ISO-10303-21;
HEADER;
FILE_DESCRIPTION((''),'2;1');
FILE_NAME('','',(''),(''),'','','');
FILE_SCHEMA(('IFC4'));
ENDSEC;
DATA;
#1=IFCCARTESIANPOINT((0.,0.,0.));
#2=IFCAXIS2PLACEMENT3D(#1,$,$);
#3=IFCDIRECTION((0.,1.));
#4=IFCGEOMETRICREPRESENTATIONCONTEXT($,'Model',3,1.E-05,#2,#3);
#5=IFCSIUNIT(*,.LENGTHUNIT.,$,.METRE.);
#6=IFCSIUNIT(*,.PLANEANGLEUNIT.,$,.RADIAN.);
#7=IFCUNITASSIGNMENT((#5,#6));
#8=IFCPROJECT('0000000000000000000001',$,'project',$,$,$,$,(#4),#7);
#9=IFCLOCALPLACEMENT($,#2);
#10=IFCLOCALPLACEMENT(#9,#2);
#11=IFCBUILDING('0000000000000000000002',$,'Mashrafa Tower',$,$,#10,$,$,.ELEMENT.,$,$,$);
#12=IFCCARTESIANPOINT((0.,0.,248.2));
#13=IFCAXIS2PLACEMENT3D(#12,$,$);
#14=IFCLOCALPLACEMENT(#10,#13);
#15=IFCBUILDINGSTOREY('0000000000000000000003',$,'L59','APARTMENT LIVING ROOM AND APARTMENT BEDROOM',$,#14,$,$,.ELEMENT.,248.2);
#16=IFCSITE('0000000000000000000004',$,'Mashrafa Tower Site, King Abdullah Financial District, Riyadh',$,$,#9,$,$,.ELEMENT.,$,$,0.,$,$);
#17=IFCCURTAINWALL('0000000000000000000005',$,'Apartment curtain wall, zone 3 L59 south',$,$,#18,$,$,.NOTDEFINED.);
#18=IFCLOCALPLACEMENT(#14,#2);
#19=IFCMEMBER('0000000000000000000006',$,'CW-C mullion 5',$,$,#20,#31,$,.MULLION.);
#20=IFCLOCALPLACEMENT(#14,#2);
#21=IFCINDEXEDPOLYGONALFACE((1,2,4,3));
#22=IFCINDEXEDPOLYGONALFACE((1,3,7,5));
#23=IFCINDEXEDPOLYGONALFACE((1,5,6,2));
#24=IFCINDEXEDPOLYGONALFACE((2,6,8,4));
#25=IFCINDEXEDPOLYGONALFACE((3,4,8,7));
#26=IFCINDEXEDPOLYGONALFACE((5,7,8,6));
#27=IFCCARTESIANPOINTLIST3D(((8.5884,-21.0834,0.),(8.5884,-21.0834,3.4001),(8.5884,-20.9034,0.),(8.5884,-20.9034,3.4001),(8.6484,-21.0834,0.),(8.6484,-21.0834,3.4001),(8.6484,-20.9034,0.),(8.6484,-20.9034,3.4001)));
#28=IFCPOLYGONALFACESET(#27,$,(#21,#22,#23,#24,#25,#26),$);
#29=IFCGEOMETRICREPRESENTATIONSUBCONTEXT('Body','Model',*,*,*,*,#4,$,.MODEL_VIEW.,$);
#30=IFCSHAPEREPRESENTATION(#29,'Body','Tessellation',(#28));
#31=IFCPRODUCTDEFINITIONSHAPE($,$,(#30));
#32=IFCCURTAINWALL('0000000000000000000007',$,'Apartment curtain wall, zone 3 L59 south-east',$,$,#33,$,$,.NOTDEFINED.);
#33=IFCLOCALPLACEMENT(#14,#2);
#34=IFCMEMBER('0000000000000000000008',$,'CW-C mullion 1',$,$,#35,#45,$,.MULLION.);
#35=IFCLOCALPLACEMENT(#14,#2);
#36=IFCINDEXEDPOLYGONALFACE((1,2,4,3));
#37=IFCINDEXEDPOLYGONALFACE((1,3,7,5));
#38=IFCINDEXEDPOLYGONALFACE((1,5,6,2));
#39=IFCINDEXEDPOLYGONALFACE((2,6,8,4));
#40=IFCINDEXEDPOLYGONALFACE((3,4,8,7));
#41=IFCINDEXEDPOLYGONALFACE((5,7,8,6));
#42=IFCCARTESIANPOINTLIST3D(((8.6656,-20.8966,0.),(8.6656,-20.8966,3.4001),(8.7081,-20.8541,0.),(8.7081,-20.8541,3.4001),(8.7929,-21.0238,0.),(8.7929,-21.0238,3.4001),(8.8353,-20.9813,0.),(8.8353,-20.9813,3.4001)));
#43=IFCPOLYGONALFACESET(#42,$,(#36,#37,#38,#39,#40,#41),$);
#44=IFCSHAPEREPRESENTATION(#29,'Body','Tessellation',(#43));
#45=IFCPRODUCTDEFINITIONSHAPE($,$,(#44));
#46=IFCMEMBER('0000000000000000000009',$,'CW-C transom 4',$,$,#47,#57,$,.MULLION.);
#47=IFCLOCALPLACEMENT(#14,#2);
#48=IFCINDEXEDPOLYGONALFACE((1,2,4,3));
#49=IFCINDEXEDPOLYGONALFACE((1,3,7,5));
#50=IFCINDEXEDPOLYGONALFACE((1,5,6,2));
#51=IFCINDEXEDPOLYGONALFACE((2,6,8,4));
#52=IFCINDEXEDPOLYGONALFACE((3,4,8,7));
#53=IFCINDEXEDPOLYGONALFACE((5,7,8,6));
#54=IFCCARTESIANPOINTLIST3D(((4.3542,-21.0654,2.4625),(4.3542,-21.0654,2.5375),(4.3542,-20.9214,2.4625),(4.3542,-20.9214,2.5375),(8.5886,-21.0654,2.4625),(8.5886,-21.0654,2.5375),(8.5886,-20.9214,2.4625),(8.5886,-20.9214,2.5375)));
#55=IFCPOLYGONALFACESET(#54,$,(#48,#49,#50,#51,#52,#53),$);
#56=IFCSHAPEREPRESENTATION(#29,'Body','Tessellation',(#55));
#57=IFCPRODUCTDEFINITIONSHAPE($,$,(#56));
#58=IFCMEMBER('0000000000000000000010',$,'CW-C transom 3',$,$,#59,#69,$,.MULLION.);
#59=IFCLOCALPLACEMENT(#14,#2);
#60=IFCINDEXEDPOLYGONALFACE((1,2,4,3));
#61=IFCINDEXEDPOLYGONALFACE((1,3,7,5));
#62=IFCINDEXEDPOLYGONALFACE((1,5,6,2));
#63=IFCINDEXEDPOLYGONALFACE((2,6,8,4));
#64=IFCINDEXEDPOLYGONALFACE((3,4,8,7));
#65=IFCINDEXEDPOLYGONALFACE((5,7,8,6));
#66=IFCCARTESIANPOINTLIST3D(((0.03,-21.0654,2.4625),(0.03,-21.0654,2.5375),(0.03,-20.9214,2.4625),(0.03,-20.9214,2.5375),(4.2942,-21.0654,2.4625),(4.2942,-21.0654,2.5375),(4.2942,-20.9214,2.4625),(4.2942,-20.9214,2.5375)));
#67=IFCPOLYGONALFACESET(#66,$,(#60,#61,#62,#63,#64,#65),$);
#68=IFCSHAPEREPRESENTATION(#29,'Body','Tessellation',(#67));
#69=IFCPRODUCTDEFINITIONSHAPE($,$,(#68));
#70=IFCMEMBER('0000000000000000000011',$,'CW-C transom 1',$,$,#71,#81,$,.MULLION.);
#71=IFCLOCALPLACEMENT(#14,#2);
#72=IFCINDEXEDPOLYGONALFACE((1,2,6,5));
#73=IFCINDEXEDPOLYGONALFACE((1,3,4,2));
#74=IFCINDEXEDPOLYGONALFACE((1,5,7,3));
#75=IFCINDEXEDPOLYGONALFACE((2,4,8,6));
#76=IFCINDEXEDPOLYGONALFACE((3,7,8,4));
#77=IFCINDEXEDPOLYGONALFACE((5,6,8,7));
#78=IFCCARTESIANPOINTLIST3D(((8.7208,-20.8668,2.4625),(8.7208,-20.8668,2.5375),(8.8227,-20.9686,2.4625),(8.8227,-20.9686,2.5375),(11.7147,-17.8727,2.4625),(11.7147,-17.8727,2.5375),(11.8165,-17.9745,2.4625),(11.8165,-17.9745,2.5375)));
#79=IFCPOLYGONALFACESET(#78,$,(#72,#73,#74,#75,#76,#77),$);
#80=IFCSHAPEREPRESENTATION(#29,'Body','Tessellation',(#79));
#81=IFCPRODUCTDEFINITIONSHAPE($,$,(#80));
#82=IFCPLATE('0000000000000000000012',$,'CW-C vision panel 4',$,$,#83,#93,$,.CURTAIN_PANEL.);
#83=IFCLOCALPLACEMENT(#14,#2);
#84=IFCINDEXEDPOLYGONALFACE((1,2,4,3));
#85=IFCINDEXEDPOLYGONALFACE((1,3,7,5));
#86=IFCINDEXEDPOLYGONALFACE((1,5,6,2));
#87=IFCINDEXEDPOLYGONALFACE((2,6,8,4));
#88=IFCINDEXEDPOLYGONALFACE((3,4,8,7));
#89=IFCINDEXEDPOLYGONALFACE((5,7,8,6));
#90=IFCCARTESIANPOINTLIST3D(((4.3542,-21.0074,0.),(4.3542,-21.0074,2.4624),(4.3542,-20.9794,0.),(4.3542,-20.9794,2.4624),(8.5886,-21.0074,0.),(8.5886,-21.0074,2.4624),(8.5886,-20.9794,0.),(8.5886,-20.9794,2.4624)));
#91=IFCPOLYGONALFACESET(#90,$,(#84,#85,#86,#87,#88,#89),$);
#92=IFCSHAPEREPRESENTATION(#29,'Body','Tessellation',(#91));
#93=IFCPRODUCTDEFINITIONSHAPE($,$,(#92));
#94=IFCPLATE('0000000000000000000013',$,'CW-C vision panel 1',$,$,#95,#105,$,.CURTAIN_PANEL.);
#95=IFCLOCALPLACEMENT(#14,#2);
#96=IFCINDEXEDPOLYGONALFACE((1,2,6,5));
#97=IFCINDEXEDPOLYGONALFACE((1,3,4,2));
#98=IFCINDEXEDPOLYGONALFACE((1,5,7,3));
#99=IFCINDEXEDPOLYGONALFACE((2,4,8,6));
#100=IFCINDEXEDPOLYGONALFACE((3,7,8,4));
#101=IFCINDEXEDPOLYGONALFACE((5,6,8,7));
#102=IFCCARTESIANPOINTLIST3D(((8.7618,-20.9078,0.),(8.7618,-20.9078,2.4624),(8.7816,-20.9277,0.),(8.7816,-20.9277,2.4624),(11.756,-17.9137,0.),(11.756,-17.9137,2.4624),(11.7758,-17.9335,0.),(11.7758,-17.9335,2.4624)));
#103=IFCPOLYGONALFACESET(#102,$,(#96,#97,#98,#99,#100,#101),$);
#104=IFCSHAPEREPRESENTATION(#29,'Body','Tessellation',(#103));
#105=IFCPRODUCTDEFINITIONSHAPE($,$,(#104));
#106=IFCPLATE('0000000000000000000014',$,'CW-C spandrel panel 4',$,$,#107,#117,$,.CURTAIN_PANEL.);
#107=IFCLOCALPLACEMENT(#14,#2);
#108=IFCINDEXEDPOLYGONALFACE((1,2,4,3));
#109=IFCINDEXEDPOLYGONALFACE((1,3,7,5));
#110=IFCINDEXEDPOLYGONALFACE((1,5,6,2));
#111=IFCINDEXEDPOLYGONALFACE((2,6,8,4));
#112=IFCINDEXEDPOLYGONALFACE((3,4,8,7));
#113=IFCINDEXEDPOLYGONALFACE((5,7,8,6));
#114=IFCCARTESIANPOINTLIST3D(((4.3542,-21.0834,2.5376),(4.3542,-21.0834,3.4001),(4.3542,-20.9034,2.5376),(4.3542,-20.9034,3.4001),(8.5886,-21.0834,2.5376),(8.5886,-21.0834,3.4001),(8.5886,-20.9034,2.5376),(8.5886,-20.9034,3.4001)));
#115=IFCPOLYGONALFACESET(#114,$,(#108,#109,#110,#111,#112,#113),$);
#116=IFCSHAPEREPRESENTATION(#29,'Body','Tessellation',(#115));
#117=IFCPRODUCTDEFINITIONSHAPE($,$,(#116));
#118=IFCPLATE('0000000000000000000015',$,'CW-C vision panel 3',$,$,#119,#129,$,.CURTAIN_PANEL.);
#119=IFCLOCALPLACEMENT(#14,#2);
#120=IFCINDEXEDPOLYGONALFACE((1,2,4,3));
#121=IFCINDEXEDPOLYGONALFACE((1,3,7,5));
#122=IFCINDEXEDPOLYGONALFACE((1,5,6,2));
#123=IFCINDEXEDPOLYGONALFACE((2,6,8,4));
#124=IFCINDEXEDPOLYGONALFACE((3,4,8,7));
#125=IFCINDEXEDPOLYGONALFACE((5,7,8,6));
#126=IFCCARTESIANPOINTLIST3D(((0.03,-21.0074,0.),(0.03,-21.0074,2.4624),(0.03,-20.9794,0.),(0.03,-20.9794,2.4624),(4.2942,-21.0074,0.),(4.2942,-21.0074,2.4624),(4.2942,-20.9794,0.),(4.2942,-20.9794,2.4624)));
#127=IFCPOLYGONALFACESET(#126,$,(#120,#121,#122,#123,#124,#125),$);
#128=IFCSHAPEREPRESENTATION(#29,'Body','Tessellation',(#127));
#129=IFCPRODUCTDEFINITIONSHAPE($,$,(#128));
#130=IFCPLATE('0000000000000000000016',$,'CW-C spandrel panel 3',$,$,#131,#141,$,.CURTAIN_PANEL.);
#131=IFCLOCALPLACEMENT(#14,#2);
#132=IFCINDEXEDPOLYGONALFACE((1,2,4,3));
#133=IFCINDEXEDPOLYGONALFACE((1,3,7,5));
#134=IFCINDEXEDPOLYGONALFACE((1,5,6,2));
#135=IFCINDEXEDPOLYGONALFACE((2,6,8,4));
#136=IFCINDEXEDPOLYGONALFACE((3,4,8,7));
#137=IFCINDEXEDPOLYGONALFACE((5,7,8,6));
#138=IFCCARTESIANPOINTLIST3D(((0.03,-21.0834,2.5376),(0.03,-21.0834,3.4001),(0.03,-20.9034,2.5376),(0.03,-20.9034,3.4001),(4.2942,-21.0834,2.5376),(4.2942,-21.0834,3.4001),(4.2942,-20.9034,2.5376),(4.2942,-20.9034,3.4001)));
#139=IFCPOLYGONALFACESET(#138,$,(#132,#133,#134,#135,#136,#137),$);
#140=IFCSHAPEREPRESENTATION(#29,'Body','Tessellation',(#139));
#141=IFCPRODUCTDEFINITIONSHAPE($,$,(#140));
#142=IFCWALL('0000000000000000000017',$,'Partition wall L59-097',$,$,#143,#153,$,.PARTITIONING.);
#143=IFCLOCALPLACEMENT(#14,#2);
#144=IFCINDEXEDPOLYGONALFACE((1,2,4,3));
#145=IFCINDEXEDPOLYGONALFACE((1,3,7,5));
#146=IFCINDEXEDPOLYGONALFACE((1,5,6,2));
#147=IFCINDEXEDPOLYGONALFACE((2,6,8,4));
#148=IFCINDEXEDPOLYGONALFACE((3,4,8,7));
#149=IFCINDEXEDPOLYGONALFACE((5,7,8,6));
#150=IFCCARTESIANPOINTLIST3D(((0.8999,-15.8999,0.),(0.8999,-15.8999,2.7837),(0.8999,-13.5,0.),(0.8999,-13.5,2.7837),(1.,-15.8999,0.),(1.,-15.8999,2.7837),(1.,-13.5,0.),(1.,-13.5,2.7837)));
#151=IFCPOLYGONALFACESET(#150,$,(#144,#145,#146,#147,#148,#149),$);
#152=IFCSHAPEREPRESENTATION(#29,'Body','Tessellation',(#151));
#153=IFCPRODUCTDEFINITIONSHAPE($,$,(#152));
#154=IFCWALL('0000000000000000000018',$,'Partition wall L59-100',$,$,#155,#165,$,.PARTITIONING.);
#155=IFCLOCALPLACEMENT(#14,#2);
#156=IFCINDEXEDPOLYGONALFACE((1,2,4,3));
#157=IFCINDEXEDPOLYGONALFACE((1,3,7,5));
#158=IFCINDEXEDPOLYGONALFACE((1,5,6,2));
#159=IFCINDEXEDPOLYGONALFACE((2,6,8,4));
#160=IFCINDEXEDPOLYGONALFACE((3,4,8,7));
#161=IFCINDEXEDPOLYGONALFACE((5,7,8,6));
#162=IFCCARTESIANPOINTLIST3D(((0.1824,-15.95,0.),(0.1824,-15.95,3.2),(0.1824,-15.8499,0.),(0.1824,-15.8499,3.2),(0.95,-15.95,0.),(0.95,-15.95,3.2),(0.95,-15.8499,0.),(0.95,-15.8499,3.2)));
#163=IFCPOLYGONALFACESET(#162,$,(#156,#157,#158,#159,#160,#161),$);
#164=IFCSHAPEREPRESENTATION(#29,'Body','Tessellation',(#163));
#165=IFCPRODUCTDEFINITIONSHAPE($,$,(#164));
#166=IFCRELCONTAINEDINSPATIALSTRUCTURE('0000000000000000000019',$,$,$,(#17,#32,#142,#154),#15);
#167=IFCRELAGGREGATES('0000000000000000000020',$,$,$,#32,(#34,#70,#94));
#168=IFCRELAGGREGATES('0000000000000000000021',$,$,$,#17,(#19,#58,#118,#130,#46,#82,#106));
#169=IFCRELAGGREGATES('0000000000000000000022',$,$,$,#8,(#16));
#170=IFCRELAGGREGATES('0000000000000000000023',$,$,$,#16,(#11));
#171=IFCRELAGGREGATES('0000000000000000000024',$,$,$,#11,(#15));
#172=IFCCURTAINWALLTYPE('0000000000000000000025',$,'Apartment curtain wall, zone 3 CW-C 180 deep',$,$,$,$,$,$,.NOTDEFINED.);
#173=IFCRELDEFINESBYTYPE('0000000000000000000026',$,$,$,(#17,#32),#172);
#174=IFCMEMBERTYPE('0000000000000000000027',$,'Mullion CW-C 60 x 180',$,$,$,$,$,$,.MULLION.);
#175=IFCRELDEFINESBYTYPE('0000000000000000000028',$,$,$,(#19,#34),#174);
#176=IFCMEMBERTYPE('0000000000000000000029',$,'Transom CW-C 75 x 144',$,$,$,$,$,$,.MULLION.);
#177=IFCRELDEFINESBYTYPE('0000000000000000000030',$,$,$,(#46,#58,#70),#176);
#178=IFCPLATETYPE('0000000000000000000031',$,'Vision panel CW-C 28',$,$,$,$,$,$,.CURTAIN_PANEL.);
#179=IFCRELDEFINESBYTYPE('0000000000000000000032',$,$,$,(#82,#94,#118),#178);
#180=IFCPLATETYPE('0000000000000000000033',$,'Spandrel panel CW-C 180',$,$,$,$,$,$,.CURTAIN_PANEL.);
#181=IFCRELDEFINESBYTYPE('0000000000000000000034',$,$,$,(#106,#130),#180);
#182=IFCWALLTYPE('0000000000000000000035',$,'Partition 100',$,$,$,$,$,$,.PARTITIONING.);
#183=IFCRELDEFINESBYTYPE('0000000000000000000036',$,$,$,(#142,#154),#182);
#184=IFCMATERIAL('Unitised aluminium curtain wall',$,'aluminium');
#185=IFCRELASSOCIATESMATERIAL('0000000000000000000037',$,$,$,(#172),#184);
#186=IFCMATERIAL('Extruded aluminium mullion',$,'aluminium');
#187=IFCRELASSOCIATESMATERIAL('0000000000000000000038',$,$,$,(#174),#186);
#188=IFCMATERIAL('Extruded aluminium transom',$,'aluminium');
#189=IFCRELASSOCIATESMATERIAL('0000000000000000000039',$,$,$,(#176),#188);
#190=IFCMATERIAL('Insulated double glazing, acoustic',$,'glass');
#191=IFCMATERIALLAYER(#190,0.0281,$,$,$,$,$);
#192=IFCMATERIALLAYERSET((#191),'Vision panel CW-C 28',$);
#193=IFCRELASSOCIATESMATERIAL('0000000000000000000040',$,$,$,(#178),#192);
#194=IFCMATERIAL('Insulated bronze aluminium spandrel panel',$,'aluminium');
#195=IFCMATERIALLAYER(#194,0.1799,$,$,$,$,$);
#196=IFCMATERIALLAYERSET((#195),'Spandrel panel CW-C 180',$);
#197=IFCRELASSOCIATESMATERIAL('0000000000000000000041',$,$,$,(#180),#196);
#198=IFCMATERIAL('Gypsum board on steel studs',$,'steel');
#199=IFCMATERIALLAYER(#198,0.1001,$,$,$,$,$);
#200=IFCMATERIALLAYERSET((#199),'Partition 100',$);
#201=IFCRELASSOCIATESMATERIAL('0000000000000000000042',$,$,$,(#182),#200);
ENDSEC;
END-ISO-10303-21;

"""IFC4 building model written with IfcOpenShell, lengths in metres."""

from ifc_helpers import new_model, si_unit, direction, frame, frame_2d, origin, origin_2d, place, context, subcontext, project, spatial, rectangle, extrude, source, transform, mapped, material, layer, layer_set, material_profile, profile_set, type_object, type_shapes, element, aggregate, save


model = new_model("IFC4")

# Units and contexts
model_context = context("Model", 3, precision=1e-05, world=origin(), true_north=direction((0.0, 1.0)))
body_context = subcontext(model_context, "Body", "Model", "MODEL_VIEW")
ifc_project = project(units=[si_unit("LENGTHUNIT", "METRE"), si_unit("PLANEANGLEUNIT", "RADIAN")], contexts=[model_context])

# Site, building, storey
site_placement = place(None, origin())
site = spatial("IfcSite", under=ifc_project, at=site_placement, Name="Mashrafa Tower Site, King Abdullah Financial District, Riyadh", CompositionType="ELEMENT", RefElevation=0.0)
building_placement = place(site_placement, origin())
building = spatial("IfcBuilding", under=site, at=building_placement, Name="Mashrafa Tower", CompositionType="ELEMENT")
storey_placement = place(building_placement, frame((0.0, 0.0, 248.2)))
storey = spatial("IfcBuildingStorey", under=building, at=storey_placement, Name="L59", Description="APARTMENT LIVING ROOM AND APARTMENT BEDROOM", CompositionType="ELEMENT", Elevation=248.2)

# Curtain wall, member
ifc_material_1 = material(Name="Unitised aluminium curtain wall", Category="aluminium")
curtain_wall_type = type_object("IfcCurtainWallType", Name="Apartment curtain wall, zone 3 CW-C 180 deep", PredefinedType="NOTDEFINED", material=ifc_material_1)
curtain_wall_1_placement = place(storey_placement, origin())
curtain_wall_1 = element("IfcCurtainWall", 1, at=curtain_wall_1_placement, inside=storey, type_object=curtain_wall_type, Name="Apartment curtain wall, zone 3 L59 south", PredefinedType="NOTDEFINED")
ifc_material_2 = material(Name="Extruded aluminium mullion", Category="aluminium")
ifc_material_profile_1 = material_profile(ifc_material_2, rectangle(XDim=0.1799, YDim=0.0601, at=origin_2d()), Name="Mullion 60x180")
ifc_profile_set_1 = profile_set([ifc_material_profile_1], Name="Extruded aluminium mullion")
member_type_1 = type_object("IfcMemberType", Name="Mullion CW-C 60 x 180", PredefinedType="MULLION", material=ifc_profile_set_1)
shared_shape_1 = source(origin(), body_context, "Body", "SweptSolid", [
    extrude(rectangle(XDim=0.1799, YDim=0.0601, at=origin_2d()), origin(), (0.0, 0.0, 1.0), 3.4001),
])
type_shapes(member_type_1, [shared_shape_1])
member_1_placement = place(storey_placement, frame((8.6184, -20.9934, 0.0), z_axis=(0.0, 0.0, 1.0), x_axis=(0.0, 1.0, 0.0)))
member_1 = element("IfcMember", 2, at=member_1_placement, type_object=member_type_1, Name="CW-C mullion 5", PredefinedType="MULLION", context=body_context, shape_type="MappedRepresentation", body=[
    mapped(shared_shape_1, transform((0.0, 0.0, 0.0))),
])

# Curtain wall, member
curtain_wall_2_placement = place(storey_placement, origin())
curtain_wall_2 = element("IfcCurtainWall", 3, at=curtain_wall_2_placement, inside=storey, type_object=curtain_wall_type, Name="Apartment curtain wall, zone 3 L59 south-east", PredefinedType="NOTDEFINED")
member_2_placement = place(storey_placement, frame((8.7505, -20.939, 0.0), z_axis=(0.0, 0.0, 1.0), x_axis=(-0.707107, 0.707107, 0.0)))
member_2 = element("IfcMember", 4, at=member_2_placement, type_object=member_type_1, Name="CW-C mullion 1", PredefinedType="MULLION", context=body_context, shape_type="MappedRepresentation", body=[
    mapped(shared_shape_1, transform((0.0, 0.0, 0.0))),
])

# Members
ifc_material_3 = material(Name="Extruded aluminium transom", Category="aluminium")
ifc_material_profile_2 = material_profile(ifc_material_3, rectangle(XDim=0.144, YDim=0.075, at=origin_2d()), Name="Transom 75x144")
ifc_profile_set_2 = profile_set([ifc_material_profile_2], Name="Extruded aluminium transom")
member_type_2 = type_object("IfcMemberType", Name="Transom CW-C 75 x 144", PredefinedType="MULLION", material=ifc_profile_set_2)
shared_shape_2 = source(origin(), body_context, "Body", "SweptSolid", [
    extrude(rectangle(XDim=0.144, YDim=0.075, at=origin_2d()), origin(), (0.0, 0.0, 1.0), 4.2344),
])
member_3_placement = place(storey_placement, frame((4.3542, -20.9934, 2.5), z_axis=(1.0, 0.0, 0.0), x_axis=(0.0, 1.0, 0.0)))
member_3 = element("IfcMember", 5, at=member_3_placement, type_object=member_type_2, Name="CW-C transom 4", PredefinedType="MULLION", context=body_context, shape_type="MappedRepresentation", body=[
    mapped(shared_shape_2, transform((0.0, 0.0, 0.0))),
])
shared_shape_3 = source(origin(), body_context, "Body", "SweptSolid", [
    extrude(rectangle(XDim=0.144, YDim=0.075, at=origin_2d()), origin(), (0.0, 0.0, 1.0), 4.2642),
])
member_4_placement = place(storey_placement, frame((0.03, -20.9934, 2.5), z_axis=(1.0, 0.0, 0.0), x_axis=(0.0, 1.0, 0.0)))
member_4 = element("IfcMember", 6, at=member_4_placement, type_object=member_type_2, Name="CW-C transom 3", PredefinedType="MULLION", context=body_context, shape_type="MappedRepresentation", body=[
    mapped(shared_shape_3, transform((0.0, 0.0, 0.0))),
])
shared_shape_4 = source(origin(), body_context, "Body", "SweptSolid", [
    extrude(rectangle(XDim=0.144, YDim=0.075, at=origin_2d()), origin(), (0.0, 0.0, 1.0), 4.2341),
])
type_shapes(member_type_2, [shared_shape_2, shared_shape_3, shared_shape_4])
member_5_placement = place(storey_placement, frame((8.7717, -20.9177, 2.5), z_axis=(0.707078, 0.707136, 0.0), x_axis=(-0.707136, 0.707078, 0.0)))
member_5 = element("IfcMember", 7, at=member_5_placement, type_object=member_type_2, Name="CW-C transom 1", PredefinedType="MULLION", context=body_context, shape_type="MappedRepresentation", body=[
    mapped(shared_shape_4, transform((0.0, 0.0, 0.0))),
])

# Plates
ifc_material_4 = material(Name="Insulated double glazing, acoustic", Category="glass")
ifc_layer_1 = layer(ifc_material_4, 0.0281)
ifc_layer_set_1 = layer_set([ifc_layer_1], Name="Vision panel CW-C 28")
plate_type_1 = type_object("IfcPlateType", Name="Vision panel CW-C 28", PredefinedType="CURTAIN_PANEL", material=ifc_layer_set_1)
shared_shape_5 = source(origin(), body_context, "Body", "SweptSolid", [
    extrude(rectangle(XDim=4.2344, YDim=0.0281, at=origin_2d()), origin(), (0.0, 0.0, 1.0), 2.4624),
])
plate_1_placement = place(storey_placement, frame((6.4714, -20.9934, 0.0), z_axis=(0.0, 0.0, 1.0), x_axis=(1.0, 0.0, 0.0)))
plate_1 = element("IfcPlate", 8, at=plate_1_placement, type_object=plate_type_1, Name="CW-C vision panel 4", PredefinedType="CURTAIN_PANEL", context=body_context, shape_type="MappedRepresentation", body=[
    mapped(shared_shape_5, transform((0.0, 0.0, 0.0))),
])
plate_2_placement = place(storey_placement, frame((10.2688, -19.4207, 0.0), z_axis=(0.0, 0.0, 1.0), x_axis=(0.707107, 0.707107, 0.0)))
plate_2 = element("IfcPlate", 9, at=plate_2_placement, type_object=plate_type_1, Name="CW-C vision panel 1", PredefinedType="CURTAIN_PANEL", context=body_context, shape_type="MappedRepresentation", body=[
    mapped(shared_shape_5, transform((0.0, 0.0, 0.0))),
])
aggregate(curtain_wall_2, [member_2, member_5, plate_2])
ifc_material_5 = material(Name="Insulated bronze aluminium spandrel panel", Category="aluminium")
ifc_layer_2 = layer(ifc_material_5, 0.1799)
ifc_layer_set_2 = layer_set([ifc_layer_2], Name="Spandrel panel CW-C 180")
plate_type_2 = type_object("IfcPlateType", Name="Spandrel panel CW-C 180", PredefinedType="CURTAIN_PANEL", material=ifc_layer_set_2)
shared_shape_6 = source(origin(), body_context, "Body", "SweptSolid", [
    extrude(rectangle(XDim=4.2344, YDim=0.1799, at=origin_2d()), origin(), (0.0, 0.0, 1.0), 0.8625),
])
plate_3_placement = place(storey_placement, frame((6.4714, -20.9934, 2.5376), z_axis=(0.0, 0.0, 1.0), x_axis=(1.0, 0.0, 0.0)))
plate_3 = element("IfcPlate", 10, at=plate_3_placement, type_object=plate_type_2, Name="CW-C spandrel panel 4", PredefinedType="CURTAIN_PANEL", context=body_context, shape_type="MappedRepresentation", body=[
    mapped(shared_shape_6, transform((0.0, 0.0, 0.0))),
])
shared_shape_7 = source(origin(), body_context, "Body", "SweptSolid", [
    extrude(rectangle(XDim=4.2642, YDim=0.0281, at=origin_2d()), origin(), (0.0, 0.0, 1.0), 2.4624),
])
type_shapes(plate_type_1, [shared_shape_5, shared_shape_7])
plate_4_placement = place(storey_placement, frame((2.1621, -20.9934, 0.0), z_axis=(0.0, 0.0, 1.0), x_axis=(1.0, 0.0, 0.0)))
plate_4 = element("IfcPlate", 11, at=plate_4_placement, type_object=plate_type_1, Name="CW-C vision panel 3", PredefinedType="CURTAIN_PANEL", context=body_context, shape_type="MappedRepresentation", body=[
    mapped(shared_shape_7, transform((0.0, 0.0, 0.0))),
])
shared_shape_8 = source(origin(), body_context, "Body", "SweptSolid", [
    extrude(rectangle(XDim=4.2642, YDim=0.1799, at=origin_2d()), origin(), (0.0, 0.0, 1.0), 0.8625),
])
type_shapes(plate_type_2, [shared_shape_6, shared_shape_8])
plate_5_placement = place(storey_placement, frame((2.1621, -20.9934, 2.5376), z_axis=(0.0, 0.0, 1.0), x_axis=(1.0, 0.0, 0.0)))
plate_5 = element("IfcPlate", 12, at=plate_5_placement, type_object=plate_type_2, Name="CW-C spandrel panel 3", PredefinedType="CURTAIN_PANEL", context=body_context, shape_type="MappedRepresentation", body=[
    mapped(shared_shape_8, transform((0.0, 0.0, 0.0))),
])
aggregate(curtain_wall_1, [member_1, member_4, plate_4, plate_5, member_3, plate_1, plate_3])

# Walls
ifc_material_6 = material(Name="Gypsum board on steel studs", Category="steel")
ifc_layer_3 = layer(ifc_material_6, 0.1001)
ifc_layer_set_3 = layer_set([ifc_layer_3], Name="Partition 100")
wall_type = type_object("IfcWallType", Name="Partition 100", PredefinedType="PARTITIONING", material=ifc_layer_set_3)
wall_1_placement = place(storey_placement, frame((0.95, -15.8999, 0.0), z_axis=(0.0, 0.0, 1.0), x_axis=(0.0, 1.0, 0.0)))
element("IfcWall", 13, at=wall_1_placement, inside=storey, type_object=wall_type, Name="Partition wall L59-097", PredefinedType="PARTITIONING", context=body_context, shape_type="SweptSolid", body=[
    extrude(rectangle(XDim=2.3999, YDim=0.1001, at=frame_2d((1.2, 0.0))), origin(), (0.0, 0.0, 1.0), 2.7837),
])
wall_2_placement = place(storey_placement, frame((0.1824, -15.8999, 0.0), z_axis=(0.0, 0.0, 1.0), x_axis=(1.0, 0.0, 0.0)))
element("IfcWall", 14, at=wall_2_placement, inside=storey, type_object=wall_type, Name="Partition wall L59-100", PredefinedType="PARTITIONING", context=body_context, shape_type="SweptSolid", body=[
    extrude(rectangle(XDim=0.7676, YDim=0.1001, at=frame_2d((0.3838, 0.0))), origin(), (0.0, 0.0, 1.0), 3.2),
])

save(model, "model.ifc")
